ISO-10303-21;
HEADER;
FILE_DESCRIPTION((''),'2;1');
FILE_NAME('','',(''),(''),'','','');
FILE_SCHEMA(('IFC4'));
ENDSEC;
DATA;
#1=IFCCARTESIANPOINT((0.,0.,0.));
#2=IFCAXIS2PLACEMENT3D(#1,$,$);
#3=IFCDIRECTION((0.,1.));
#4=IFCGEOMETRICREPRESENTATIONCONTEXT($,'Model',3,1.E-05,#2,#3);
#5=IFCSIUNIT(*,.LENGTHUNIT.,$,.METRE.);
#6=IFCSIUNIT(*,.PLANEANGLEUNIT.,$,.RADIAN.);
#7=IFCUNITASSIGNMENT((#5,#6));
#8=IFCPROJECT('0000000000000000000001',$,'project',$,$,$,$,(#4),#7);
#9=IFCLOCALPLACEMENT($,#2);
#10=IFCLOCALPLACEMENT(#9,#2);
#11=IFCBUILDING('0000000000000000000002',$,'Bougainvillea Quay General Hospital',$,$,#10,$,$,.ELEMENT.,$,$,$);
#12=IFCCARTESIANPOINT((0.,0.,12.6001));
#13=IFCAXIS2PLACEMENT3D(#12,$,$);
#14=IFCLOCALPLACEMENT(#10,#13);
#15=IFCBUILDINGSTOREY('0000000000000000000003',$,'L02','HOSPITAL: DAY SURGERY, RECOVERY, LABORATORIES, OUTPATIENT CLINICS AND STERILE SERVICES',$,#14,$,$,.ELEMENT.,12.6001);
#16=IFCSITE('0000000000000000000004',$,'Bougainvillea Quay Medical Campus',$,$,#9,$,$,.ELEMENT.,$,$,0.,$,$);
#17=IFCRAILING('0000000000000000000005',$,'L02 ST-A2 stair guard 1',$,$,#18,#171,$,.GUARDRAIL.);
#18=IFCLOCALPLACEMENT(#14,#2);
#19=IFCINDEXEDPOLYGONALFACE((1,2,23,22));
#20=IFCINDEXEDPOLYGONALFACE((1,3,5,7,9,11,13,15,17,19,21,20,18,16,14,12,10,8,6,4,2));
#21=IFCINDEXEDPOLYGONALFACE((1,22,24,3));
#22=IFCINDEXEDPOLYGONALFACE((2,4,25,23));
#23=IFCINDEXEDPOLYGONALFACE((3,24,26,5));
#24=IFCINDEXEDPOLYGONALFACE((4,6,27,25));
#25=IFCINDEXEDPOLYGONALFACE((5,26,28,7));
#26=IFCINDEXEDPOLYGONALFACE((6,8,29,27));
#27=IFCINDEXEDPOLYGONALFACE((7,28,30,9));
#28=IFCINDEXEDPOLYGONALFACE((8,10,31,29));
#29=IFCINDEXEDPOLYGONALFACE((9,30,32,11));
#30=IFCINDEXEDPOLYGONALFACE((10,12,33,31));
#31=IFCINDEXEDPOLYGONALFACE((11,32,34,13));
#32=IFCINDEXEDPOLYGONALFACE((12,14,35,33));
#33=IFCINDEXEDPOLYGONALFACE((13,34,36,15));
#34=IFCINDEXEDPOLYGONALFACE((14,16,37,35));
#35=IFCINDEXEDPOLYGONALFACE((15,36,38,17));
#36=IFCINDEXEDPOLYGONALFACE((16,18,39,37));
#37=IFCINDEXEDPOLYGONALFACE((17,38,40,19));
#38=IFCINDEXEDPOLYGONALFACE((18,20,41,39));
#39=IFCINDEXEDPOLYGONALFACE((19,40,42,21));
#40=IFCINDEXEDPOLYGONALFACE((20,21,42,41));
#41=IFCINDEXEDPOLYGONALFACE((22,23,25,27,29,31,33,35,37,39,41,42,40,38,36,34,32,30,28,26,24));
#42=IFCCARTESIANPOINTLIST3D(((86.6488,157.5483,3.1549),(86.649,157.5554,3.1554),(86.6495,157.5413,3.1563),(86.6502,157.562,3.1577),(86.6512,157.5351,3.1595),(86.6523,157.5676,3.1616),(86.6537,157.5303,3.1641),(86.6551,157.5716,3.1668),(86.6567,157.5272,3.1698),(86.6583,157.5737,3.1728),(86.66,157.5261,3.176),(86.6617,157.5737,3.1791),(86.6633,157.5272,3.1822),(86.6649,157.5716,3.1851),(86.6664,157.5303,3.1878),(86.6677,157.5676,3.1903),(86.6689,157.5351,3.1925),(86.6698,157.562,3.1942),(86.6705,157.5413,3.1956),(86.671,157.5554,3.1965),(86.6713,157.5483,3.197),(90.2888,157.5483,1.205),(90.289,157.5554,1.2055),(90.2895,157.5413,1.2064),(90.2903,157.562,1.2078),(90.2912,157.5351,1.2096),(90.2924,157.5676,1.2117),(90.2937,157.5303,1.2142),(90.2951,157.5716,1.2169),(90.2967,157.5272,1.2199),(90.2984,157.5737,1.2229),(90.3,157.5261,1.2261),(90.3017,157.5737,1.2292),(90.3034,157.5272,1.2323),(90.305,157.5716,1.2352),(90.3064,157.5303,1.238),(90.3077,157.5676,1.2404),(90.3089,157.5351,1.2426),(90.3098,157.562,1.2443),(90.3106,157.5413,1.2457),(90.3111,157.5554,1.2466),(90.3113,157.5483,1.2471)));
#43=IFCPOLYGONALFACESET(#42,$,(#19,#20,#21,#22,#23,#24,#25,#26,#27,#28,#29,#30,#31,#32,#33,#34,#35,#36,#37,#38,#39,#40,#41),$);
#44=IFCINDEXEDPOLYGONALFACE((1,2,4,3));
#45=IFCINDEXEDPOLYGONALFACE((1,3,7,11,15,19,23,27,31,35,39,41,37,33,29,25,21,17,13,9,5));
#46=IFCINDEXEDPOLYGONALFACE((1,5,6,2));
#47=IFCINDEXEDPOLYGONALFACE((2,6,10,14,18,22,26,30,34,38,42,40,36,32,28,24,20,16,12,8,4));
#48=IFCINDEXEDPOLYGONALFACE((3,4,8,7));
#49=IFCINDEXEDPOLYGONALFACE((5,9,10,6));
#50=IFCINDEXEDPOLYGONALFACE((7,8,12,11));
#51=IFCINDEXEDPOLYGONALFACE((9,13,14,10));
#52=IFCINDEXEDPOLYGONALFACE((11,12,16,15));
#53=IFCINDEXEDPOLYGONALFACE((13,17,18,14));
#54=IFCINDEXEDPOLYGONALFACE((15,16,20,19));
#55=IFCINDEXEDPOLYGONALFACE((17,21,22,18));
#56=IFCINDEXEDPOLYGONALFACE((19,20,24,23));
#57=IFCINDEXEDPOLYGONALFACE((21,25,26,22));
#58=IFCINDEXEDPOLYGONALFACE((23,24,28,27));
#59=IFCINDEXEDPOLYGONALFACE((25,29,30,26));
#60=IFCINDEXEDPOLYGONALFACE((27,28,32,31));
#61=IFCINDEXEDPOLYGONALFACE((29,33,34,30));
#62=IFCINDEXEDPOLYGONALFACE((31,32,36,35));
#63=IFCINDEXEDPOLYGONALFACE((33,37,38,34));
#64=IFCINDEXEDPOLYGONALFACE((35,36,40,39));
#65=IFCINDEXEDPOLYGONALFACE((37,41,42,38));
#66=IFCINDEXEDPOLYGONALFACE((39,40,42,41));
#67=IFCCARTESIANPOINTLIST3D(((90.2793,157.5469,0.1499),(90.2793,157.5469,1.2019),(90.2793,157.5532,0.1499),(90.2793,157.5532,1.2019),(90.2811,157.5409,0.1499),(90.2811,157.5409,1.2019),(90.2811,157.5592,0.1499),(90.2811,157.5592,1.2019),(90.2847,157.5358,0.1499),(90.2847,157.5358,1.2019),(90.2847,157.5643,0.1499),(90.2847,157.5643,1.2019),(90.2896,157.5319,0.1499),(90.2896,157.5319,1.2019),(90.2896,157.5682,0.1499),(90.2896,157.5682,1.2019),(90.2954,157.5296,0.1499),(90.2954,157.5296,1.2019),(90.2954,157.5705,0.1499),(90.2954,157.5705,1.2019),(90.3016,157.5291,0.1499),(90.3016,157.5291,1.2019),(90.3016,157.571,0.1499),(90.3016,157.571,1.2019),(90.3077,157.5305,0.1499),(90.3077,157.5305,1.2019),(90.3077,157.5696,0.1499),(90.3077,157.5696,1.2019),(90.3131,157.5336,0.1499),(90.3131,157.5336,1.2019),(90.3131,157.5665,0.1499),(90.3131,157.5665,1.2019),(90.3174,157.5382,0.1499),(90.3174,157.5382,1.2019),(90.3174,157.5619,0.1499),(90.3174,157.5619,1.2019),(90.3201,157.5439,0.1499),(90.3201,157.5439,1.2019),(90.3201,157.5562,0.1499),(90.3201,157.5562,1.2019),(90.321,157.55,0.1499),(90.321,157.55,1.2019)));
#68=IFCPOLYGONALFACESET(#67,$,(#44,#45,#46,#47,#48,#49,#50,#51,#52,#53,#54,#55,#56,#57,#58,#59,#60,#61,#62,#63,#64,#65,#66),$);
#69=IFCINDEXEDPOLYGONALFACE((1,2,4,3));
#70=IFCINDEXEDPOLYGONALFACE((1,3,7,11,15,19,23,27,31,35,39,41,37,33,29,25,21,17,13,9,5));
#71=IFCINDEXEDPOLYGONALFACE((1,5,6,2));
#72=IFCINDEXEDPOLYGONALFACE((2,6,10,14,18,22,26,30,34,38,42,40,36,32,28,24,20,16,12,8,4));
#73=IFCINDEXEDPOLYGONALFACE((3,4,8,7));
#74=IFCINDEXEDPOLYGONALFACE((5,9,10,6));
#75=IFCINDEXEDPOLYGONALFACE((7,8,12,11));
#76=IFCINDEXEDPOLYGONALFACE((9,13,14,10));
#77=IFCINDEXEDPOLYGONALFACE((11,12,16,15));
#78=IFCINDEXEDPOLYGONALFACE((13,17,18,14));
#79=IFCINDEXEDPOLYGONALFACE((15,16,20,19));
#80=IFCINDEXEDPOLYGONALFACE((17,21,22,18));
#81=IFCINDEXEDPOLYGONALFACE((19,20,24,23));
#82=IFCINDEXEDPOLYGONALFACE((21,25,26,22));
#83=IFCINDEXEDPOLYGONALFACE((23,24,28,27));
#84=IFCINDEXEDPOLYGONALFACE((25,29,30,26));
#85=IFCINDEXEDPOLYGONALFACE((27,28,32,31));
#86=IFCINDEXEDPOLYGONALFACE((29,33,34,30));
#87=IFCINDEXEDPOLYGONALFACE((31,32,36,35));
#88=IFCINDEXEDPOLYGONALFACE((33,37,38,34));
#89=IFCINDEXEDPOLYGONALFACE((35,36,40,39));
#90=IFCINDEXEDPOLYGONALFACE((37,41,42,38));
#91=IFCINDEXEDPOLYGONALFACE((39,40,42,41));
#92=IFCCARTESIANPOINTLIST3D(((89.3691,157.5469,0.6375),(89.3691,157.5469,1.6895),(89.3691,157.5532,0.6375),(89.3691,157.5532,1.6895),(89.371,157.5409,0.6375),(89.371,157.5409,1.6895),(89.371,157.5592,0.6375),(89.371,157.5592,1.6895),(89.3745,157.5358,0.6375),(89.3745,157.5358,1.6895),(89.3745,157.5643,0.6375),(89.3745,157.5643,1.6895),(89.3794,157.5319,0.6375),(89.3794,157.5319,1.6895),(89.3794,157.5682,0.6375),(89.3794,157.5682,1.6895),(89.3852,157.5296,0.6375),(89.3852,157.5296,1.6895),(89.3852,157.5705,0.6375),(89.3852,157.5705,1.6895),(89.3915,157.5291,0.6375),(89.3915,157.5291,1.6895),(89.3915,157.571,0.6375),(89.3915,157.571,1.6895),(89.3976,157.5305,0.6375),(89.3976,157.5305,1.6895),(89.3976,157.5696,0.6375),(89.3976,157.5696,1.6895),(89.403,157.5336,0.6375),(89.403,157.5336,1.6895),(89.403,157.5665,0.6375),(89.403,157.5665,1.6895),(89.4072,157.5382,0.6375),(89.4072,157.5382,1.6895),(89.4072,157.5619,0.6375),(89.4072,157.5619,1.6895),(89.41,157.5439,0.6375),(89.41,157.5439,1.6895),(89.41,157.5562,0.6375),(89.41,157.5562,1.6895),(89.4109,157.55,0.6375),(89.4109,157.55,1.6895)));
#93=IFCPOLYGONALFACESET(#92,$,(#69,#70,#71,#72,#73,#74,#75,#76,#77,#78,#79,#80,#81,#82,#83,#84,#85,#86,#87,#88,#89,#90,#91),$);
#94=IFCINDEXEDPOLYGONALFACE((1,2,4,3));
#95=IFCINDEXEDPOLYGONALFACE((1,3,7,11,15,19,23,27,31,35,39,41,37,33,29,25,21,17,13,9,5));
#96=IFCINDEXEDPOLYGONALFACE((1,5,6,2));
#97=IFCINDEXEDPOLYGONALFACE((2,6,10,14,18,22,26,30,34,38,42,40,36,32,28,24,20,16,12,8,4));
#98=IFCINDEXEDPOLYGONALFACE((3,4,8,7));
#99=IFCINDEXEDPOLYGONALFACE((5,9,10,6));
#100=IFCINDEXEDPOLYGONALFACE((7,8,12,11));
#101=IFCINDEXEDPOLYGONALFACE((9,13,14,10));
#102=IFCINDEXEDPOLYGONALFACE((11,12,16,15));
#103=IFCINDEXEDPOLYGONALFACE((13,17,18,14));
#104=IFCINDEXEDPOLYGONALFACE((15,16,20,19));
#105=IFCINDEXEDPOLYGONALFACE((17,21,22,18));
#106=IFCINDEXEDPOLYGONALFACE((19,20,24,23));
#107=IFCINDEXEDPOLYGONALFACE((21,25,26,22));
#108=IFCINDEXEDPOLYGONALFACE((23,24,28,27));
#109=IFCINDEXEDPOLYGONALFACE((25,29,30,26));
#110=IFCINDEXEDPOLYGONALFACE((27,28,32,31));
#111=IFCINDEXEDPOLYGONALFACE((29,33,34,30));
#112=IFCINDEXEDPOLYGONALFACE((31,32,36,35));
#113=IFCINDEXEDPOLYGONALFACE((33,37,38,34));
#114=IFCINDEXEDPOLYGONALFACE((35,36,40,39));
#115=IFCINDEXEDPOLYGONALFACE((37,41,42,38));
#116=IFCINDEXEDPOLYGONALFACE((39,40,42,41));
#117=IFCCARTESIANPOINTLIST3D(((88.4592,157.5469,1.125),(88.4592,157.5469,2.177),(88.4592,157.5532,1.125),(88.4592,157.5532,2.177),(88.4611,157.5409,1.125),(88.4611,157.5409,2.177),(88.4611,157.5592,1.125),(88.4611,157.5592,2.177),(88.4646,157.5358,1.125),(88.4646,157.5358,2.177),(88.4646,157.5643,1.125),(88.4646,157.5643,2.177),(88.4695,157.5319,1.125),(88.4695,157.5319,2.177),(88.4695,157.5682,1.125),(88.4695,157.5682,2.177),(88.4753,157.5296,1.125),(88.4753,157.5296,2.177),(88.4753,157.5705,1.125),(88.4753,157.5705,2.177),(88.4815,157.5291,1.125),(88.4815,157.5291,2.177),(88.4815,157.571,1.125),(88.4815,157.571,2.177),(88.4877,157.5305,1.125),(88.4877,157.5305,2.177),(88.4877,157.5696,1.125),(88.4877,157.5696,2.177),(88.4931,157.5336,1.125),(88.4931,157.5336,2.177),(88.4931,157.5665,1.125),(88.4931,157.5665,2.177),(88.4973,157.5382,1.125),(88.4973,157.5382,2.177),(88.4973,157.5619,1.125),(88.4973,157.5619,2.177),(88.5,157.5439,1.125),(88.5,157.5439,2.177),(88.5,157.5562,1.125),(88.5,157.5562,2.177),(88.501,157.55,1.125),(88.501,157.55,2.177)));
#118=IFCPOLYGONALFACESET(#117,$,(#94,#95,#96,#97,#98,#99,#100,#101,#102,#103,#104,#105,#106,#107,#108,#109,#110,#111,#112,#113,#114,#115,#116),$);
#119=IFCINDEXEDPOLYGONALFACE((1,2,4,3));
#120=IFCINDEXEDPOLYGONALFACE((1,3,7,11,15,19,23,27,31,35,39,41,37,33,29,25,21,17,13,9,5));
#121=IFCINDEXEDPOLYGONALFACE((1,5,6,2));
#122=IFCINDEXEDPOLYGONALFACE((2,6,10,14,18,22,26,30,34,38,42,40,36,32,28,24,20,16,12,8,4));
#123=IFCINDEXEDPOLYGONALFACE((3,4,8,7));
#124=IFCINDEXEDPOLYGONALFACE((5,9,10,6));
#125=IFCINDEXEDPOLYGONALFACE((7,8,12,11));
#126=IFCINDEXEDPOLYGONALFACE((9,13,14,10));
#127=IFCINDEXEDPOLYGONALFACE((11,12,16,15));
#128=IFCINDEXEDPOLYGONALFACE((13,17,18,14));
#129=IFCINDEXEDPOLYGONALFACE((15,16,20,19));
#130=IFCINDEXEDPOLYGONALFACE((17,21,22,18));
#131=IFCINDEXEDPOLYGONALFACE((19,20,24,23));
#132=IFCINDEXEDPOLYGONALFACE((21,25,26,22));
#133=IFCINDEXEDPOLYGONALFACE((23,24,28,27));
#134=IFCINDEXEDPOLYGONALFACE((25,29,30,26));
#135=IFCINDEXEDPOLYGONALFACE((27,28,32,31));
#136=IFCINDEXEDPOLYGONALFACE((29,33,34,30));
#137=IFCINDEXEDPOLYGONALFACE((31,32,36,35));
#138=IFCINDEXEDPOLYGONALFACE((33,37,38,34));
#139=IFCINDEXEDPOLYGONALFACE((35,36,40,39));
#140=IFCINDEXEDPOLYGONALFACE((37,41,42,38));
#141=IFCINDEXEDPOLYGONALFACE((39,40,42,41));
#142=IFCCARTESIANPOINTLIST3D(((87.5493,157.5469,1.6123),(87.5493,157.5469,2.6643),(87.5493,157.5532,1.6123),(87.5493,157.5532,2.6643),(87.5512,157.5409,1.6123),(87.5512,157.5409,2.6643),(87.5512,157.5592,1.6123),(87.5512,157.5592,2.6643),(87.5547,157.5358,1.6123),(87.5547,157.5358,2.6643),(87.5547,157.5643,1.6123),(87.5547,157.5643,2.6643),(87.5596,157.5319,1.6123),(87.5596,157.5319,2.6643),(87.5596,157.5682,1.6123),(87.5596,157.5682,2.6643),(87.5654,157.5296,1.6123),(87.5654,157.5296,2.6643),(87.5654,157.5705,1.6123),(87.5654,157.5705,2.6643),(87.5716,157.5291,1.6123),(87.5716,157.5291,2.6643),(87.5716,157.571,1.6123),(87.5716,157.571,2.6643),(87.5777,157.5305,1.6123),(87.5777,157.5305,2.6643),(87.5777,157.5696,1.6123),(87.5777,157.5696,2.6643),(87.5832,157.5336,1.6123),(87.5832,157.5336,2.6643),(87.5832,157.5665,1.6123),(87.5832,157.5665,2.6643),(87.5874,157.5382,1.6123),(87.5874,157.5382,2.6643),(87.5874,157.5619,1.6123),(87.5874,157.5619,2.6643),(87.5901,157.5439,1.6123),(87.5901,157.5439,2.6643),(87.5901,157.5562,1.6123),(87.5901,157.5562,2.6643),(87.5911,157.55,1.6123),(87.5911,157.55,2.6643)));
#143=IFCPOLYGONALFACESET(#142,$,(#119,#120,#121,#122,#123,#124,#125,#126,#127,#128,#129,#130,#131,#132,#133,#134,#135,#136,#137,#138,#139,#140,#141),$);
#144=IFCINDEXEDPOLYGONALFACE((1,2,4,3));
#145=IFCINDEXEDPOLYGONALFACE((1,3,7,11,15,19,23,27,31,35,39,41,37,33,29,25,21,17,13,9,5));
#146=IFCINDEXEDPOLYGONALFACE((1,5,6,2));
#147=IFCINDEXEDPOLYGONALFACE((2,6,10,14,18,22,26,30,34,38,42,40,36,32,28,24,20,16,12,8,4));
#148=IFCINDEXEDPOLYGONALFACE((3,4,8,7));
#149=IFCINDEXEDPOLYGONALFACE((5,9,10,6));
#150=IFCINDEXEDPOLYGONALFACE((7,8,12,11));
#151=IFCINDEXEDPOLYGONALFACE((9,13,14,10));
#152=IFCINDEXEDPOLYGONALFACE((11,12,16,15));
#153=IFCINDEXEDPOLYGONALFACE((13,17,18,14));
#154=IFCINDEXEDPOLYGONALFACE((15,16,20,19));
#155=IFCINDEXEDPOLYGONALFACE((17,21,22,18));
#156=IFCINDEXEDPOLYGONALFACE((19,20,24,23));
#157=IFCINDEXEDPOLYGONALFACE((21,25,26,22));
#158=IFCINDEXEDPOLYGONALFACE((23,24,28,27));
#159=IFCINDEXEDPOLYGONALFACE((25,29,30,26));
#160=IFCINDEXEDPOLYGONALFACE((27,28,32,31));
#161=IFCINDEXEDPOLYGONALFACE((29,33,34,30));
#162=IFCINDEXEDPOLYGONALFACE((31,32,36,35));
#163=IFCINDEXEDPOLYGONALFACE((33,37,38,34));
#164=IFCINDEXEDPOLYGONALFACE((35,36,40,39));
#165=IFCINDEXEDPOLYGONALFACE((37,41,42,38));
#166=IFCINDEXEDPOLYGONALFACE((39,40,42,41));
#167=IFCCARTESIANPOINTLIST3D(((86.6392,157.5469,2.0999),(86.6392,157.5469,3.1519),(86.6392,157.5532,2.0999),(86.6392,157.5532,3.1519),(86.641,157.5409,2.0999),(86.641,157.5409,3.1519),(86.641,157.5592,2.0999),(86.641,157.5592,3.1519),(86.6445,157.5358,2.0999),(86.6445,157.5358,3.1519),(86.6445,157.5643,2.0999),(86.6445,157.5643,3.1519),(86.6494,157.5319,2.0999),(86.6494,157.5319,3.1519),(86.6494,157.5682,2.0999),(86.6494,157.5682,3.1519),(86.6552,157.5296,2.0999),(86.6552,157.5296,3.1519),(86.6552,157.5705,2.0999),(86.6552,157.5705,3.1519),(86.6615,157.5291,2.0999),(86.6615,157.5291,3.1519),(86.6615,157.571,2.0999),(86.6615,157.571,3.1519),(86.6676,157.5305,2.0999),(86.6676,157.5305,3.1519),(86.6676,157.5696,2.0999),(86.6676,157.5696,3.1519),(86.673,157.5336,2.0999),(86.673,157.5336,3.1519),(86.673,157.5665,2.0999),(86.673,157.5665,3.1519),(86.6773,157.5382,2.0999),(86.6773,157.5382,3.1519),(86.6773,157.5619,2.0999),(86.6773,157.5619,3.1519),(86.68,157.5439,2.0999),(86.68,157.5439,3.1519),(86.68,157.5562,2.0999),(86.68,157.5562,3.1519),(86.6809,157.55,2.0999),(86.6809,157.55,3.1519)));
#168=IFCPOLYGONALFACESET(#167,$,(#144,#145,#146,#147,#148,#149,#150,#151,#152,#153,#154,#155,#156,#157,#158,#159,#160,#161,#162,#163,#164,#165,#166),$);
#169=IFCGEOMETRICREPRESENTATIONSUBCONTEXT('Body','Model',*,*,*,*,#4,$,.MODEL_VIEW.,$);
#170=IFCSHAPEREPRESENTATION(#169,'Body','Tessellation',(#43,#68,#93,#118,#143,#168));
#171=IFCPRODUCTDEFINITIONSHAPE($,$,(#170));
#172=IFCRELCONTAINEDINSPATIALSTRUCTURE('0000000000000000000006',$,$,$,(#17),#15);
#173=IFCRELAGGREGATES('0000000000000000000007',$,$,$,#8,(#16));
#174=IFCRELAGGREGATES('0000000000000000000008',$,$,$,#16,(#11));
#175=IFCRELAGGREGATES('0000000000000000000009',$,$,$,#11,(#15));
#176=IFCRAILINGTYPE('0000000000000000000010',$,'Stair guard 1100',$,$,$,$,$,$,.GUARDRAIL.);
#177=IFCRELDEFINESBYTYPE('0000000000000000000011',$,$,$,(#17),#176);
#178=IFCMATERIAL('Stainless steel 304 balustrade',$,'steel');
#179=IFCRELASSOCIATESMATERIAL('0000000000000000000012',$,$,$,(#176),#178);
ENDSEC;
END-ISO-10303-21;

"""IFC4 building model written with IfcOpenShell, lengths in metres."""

from ifc_helpers import new_model, si_unit, direction, frame, origin, origin_2d, place, context, subcontext, project, spatial, circle, extrude, material, type_object, element, save


model = new_model("IFC4")

# Units and contexts
model_context = context("Model", 3, precision=1e-05, world=origin(), true_north=direction((0.0, 1.0)))
body_context = subcontext(model_context, "Body", "Model", "MODEL_VIEW")
ifc_project = project(units=[si_unit("LENGTHUNIT", "METRE"), si_unit("PLANEANGLEUNIT", "RADIAN")], contexts=[model_context])

# Site, building, storey
site_placement = place(None, origin())
site = spatial("IfcSite", under=ifc_project, at=site_placement, Name="Bougainvillea Quay Medical Campus", CompositionType="ELEMENT", RefElevation=0.0)
building_placement = place(site_placement, origin())
building = spatial("IfcBuilding", under=site, at=building_placement, Name="Bougainvillea Quay General Hospital", CompositionType="ELEMENT")
storey_placement = place(building_placement, frame((0.0, 0.0, 12.6001)))
storey = spatial("IfcBuildingStorey", under=building, at=storey_placement, Name="L02", Description="HOSPITAL: DAY SURGERY, RECOVERY, LABORATORIES, OUTPATIENT CLINICS AND STERILE SERVICES", CompositionType="ELEMENT", Elevation=12.6001)

# Railing
ifc_material_1 = material(Name="Stainless steel 304 balustrade", Category="steel")
railing_type_1 = type_object("IfcRailingType", Name="Stair guard 1100", PredefinedType="GUARDRAIL", material=ifc_material_1)
railing_1_placement = place(storey_placement, frame((90.3, 157.55, 0.1499)))
element("IfcRailing", 1, at=railing_1_placement, inside=storey, type_object=railing_type_1, Name="L02 ST-A2 stair guard 1", PredefinedType="GUARDRAIL", context=body_context, shape_type="SweptSolid", body=[
    extrude(circle(Radius=0.0239, at=origin_2d()), frame((0.0, 0.0, 1.0762), z_axis=(-0.881492, 0.0, 0.472198), x_axis=(0.0, -1.0, 0.0)), (0.0, 0.0, 1.0), 4.1294),
    extrude(circle(Radius=0.021, at=origin_2d()), origin(), (0.0, 0.0, 1.0), 1.052),
    extrude(circle(Radius=0.021, at=origin_2d()), frame((-0.9102, 0.0, 0.4875)), (0.0, 0.0, 1.0), 1.052),
    extrude(circle(Radius=0.021, at=origin_2d()), frame((-1.8201, 0.0, 0.9751)), (0.0, 0.0, 1.0), 1.052),
    extrude(circle(Radius=0.021, at=origin_2d()), frame((-2.73, 0.0, 1.4624)), (0.0, 0.0, 1.0), 1.052),
    extrude(circle(Radius=0.021, at=origin_2d()), frame((-3.6401, 0.0, 1.95)), (0.0, 0.0, 1.0), 1.052),
])

save(model, "model.ifc")
